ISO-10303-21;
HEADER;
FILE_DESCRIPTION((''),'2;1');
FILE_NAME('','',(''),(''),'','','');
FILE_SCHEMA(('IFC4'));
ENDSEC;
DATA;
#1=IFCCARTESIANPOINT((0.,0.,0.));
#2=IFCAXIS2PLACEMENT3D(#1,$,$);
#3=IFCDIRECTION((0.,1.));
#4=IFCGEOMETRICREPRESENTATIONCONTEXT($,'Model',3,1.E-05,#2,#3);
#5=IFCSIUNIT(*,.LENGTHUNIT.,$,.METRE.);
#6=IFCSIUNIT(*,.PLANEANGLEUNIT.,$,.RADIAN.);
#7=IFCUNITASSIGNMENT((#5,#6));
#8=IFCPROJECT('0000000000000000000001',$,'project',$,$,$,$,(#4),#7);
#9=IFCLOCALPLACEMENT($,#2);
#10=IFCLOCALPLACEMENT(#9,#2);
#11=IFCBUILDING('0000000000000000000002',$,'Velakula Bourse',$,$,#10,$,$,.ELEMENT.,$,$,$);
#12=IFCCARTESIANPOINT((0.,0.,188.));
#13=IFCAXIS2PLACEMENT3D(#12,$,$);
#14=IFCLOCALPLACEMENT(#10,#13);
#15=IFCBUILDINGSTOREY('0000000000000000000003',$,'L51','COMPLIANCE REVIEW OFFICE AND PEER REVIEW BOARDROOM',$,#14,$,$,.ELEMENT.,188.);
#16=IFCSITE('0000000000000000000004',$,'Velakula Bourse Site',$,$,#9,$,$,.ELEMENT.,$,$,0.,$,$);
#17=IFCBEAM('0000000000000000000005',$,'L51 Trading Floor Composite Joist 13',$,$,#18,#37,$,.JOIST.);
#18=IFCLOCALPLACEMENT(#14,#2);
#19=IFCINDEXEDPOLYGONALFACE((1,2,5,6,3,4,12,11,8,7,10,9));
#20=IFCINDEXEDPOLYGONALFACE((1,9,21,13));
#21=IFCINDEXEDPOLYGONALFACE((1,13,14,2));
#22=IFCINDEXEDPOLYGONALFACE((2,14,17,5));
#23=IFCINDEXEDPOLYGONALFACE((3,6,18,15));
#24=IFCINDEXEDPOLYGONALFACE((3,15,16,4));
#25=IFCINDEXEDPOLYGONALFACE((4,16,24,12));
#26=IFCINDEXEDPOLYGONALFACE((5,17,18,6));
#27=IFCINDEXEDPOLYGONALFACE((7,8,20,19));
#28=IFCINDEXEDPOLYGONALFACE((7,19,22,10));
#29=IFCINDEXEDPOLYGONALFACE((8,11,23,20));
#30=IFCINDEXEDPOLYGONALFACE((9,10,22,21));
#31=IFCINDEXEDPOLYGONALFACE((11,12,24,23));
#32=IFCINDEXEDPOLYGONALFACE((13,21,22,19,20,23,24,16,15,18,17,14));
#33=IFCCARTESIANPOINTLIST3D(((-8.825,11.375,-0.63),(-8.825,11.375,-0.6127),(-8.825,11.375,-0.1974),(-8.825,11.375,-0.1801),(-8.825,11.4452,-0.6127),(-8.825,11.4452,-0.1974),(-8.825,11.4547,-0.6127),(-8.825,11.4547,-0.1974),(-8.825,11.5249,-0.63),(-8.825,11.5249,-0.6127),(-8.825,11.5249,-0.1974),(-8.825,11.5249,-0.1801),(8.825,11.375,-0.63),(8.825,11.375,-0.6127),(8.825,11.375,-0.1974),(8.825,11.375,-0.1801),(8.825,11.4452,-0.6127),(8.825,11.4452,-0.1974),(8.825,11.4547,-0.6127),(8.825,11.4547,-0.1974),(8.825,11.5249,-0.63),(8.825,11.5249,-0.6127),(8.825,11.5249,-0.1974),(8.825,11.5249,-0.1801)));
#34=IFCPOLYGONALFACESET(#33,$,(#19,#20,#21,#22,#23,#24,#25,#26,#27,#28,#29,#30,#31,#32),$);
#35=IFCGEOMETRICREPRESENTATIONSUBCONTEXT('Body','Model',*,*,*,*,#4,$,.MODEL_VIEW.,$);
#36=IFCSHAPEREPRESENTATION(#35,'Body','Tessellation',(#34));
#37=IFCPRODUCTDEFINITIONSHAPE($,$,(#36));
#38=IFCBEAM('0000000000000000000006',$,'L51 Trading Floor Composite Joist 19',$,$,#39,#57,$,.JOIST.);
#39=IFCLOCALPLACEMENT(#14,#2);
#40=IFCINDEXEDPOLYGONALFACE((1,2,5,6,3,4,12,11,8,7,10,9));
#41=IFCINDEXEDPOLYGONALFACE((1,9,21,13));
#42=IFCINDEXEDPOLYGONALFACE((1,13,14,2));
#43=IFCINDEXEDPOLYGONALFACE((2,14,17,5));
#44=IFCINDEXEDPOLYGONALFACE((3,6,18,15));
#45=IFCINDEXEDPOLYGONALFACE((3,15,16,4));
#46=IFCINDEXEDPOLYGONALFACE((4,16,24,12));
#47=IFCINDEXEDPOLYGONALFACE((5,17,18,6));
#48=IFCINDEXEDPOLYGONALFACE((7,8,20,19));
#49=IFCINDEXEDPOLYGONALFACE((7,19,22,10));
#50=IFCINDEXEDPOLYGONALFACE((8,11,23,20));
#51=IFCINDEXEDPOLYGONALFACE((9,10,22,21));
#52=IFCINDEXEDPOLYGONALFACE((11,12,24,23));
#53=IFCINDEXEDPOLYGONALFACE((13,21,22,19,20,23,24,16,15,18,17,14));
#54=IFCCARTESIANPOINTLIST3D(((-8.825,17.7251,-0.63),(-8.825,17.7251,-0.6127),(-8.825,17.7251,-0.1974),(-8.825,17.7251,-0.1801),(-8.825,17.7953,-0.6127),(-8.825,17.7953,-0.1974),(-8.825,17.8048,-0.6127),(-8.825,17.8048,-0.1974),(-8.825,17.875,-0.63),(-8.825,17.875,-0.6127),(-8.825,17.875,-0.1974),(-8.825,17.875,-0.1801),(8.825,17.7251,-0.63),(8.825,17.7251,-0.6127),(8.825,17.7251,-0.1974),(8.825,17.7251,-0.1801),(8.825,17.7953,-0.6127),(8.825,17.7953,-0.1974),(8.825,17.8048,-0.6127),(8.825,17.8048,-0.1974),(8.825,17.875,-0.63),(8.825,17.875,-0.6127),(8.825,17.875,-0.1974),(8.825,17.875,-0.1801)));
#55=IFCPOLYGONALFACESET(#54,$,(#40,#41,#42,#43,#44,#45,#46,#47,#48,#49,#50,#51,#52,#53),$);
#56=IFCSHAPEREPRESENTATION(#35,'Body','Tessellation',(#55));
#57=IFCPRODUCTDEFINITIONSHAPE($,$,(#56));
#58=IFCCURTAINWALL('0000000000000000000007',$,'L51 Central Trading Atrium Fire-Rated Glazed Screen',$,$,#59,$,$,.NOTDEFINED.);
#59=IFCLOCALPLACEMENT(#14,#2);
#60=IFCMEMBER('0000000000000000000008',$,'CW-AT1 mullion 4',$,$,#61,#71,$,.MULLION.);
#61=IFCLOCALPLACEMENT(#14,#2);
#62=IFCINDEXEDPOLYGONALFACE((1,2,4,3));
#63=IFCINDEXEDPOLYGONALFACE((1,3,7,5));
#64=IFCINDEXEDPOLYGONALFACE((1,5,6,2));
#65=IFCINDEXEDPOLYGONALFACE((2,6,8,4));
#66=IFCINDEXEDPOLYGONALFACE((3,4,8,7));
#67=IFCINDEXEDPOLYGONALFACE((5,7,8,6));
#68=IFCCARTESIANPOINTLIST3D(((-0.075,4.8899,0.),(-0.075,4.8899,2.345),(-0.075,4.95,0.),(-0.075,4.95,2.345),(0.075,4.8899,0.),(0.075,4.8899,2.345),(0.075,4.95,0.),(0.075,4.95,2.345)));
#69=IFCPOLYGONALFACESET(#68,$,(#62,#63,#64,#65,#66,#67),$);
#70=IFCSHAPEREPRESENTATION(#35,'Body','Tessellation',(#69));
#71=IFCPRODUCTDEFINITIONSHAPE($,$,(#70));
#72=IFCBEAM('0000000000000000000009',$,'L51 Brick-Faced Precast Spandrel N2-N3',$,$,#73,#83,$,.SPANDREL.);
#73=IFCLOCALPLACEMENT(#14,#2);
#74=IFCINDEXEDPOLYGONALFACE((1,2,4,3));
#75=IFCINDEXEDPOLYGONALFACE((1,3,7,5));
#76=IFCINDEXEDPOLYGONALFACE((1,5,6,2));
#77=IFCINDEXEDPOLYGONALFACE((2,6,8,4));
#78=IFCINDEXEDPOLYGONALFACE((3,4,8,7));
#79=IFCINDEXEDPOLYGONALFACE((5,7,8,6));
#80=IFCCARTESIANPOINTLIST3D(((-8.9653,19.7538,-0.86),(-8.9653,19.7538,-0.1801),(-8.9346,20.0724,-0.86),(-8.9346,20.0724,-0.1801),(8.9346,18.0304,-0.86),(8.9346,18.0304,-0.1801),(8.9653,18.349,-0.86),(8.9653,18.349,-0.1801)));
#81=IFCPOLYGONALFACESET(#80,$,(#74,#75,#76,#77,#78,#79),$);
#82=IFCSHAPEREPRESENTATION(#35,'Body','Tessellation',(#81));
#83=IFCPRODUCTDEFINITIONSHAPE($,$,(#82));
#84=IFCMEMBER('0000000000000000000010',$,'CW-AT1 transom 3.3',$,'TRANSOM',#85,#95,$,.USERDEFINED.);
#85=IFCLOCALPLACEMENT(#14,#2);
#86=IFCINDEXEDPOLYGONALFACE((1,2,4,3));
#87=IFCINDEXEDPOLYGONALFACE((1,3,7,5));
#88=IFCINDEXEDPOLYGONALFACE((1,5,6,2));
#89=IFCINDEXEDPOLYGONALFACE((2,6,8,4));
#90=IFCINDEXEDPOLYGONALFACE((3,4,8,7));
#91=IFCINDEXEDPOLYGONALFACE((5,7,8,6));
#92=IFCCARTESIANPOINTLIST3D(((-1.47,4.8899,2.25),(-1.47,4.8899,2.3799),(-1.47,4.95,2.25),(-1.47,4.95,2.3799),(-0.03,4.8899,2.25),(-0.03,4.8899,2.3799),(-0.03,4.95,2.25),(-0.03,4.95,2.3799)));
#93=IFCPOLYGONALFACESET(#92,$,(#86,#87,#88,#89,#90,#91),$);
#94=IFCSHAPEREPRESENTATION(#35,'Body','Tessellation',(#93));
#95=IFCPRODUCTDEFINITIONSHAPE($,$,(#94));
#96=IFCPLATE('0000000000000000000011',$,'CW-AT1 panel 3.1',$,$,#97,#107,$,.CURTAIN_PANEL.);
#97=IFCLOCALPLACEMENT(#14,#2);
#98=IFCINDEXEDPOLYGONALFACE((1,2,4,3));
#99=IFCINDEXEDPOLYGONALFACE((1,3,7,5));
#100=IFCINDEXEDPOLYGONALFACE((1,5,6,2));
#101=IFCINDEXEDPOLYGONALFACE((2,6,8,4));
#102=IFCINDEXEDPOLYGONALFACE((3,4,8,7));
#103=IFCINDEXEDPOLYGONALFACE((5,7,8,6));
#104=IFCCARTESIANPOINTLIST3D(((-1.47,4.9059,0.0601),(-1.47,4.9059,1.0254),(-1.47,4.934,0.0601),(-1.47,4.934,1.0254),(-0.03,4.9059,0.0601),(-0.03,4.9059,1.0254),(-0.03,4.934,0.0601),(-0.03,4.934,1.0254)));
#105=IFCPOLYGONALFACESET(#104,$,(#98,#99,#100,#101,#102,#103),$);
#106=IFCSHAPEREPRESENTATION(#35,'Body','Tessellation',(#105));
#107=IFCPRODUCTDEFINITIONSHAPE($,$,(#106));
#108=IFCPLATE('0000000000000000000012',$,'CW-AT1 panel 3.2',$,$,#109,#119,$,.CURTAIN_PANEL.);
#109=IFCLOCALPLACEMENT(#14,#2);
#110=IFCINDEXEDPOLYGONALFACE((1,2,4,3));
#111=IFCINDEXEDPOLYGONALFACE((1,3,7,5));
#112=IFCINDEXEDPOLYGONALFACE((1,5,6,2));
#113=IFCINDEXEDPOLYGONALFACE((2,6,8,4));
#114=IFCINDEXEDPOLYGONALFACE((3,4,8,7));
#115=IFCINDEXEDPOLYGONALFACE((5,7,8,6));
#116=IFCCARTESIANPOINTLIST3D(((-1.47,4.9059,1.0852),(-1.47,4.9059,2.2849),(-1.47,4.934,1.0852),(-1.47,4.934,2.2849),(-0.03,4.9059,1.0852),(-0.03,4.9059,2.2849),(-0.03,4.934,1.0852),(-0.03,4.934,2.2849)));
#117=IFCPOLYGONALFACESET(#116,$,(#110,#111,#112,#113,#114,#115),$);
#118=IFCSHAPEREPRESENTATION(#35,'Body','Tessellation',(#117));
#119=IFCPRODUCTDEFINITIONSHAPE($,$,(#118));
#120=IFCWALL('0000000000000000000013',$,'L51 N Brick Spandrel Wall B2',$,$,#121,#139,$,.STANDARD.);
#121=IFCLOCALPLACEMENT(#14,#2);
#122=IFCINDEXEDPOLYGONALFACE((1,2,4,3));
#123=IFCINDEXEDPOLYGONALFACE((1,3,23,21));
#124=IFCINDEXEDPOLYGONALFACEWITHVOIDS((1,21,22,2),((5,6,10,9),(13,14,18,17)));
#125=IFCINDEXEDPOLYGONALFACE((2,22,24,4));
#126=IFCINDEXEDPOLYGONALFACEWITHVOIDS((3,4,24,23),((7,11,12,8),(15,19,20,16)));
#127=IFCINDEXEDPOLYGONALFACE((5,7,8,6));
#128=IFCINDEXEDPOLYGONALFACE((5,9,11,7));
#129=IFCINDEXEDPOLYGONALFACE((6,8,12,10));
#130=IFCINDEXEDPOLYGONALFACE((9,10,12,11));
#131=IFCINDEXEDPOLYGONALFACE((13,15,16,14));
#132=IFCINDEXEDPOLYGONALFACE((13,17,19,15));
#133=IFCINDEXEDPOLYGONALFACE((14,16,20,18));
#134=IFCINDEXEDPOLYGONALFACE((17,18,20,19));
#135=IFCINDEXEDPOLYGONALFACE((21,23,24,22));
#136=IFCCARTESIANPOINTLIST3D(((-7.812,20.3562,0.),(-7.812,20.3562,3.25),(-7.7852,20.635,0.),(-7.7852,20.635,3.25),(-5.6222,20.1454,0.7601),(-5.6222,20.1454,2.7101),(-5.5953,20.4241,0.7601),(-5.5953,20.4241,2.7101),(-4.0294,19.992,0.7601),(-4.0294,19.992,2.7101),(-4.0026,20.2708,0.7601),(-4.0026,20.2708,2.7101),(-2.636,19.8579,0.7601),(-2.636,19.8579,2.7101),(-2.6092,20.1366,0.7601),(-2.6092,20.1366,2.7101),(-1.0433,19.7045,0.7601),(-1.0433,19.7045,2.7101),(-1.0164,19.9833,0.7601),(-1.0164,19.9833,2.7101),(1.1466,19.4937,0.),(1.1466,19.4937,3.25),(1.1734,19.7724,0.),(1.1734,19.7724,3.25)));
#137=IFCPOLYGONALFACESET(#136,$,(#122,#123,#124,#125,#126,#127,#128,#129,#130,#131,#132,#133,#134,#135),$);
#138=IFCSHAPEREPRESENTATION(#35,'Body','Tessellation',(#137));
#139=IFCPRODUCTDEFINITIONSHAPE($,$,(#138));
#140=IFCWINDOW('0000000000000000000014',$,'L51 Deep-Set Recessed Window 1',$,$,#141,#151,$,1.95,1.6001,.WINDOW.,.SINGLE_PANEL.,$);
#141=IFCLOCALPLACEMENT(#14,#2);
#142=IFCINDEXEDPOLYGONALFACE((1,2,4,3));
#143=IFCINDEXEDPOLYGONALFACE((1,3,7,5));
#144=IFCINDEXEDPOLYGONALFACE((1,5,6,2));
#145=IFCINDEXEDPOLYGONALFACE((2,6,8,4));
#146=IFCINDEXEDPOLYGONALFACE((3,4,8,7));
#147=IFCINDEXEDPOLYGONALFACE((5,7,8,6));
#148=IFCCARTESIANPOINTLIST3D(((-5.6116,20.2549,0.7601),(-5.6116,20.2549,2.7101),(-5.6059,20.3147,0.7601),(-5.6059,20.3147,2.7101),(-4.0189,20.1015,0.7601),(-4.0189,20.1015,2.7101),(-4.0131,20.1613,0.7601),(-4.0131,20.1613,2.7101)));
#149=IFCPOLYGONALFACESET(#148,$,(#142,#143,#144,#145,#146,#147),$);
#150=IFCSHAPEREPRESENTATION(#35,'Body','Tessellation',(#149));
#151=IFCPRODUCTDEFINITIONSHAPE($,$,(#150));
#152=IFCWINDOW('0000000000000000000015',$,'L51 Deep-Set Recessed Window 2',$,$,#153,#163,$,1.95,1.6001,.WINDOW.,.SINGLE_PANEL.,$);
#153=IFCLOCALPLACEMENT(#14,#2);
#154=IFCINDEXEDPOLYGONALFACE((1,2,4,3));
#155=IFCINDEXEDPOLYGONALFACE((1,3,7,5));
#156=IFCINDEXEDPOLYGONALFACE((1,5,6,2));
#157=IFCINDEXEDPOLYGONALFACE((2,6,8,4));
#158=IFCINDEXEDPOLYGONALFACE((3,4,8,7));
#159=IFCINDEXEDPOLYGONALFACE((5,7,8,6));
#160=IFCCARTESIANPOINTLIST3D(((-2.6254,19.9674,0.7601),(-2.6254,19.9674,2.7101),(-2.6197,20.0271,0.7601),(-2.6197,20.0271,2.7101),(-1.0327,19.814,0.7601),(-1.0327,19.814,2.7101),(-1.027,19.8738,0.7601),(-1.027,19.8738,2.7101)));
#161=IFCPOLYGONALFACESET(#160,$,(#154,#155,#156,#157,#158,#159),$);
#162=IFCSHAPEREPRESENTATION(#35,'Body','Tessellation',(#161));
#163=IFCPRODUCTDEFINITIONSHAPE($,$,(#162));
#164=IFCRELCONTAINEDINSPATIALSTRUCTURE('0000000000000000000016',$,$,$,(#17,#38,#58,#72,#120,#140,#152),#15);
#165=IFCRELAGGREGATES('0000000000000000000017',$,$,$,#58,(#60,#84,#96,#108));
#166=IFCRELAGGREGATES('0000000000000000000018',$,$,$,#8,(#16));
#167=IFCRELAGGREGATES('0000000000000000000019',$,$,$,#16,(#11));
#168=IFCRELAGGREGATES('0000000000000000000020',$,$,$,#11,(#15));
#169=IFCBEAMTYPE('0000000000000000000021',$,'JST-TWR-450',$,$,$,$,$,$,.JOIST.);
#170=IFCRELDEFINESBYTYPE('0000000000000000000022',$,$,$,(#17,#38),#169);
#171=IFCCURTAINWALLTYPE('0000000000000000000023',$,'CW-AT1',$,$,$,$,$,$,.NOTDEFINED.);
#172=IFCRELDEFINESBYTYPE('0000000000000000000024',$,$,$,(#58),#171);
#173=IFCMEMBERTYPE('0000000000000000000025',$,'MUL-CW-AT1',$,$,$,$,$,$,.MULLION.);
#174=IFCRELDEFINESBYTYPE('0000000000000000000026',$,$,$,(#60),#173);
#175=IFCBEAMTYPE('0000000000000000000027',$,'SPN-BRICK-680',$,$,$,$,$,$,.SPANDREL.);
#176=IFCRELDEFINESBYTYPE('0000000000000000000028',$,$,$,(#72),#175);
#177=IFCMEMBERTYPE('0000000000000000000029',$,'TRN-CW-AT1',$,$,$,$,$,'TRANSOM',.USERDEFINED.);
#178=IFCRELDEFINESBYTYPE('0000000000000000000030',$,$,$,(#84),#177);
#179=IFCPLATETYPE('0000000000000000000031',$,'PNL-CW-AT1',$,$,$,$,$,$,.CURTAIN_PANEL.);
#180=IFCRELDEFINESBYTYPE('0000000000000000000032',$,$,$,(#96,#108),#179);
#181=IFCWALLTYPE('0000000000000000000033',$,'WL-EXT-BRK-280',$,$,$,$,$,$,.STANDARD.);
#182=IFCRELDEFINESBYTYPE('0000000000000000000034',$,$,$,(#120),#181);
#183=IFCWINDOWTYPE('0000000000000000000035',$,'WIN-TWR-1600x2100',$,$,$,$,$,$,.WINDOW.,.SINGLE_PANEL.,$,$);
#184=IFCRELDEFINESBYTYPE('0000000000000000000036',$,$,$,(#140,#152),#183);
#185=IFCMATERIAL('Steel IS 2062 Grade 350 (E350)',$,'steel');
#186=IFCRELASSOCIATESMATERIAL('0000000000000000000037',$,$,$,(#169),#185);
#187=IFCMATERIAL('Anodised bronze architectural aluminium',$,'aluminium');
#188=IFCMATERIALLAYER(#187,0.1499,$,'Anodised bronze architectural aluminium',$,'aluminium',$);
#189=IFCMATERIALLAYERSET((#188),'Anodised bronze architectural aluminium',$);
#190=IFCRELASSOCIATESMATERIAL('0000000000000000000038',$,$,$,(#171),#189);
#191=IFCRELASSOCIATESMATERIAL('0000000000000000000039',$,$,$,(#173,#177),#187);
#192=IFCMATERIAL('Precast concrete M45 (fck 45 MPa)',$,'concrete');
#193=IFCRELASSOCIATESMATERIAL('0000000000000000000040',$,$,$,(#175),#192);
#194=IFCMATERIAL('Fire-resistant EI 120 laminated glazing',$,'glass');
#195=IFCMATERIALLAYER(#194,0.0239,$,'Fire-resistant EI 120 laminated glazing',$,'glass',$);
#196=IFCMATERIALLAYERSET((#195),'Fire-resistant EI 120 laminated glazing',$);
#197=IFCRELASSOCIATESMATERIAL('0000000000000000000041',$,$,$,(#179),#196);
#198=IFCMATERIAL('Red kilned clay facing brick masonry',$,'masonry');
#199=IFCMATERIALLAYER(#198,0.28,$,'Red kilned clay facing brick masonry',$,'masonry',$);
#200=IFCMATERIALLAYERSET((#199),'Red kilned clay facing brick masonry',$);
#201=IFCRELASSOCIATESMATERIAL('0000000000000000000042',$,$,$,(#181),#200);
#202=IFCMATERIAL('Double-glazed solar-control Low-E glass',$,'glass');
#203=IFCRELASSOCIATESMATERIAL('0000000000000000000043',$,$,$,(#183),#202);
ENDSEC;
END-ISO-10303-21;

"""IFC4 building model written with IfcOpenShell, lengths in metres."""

from ifc_helpers import new_model, si_unit, direction, frame, frame_2d, origin, origin_2d, place, context, subcontext, project, spatial, rectangle, i_section, extrude, material, layer, layer_set, material_profile, profile_set, type_object, element, fill, aggregate, save


model = new_model("IFC4")

# Units and contexts
model_context = context("Model", 3, precision=1e-05, world=origin(), true_north=direction((0.0, 1.0)))
body_context = subcontext(model_context, "Body", "Model", "MODEL_VIEW")
ifc_project = project(units=[si_unit("LENGTHUNIT", "METRE"), si_unit("PLANEANGLEUNIT", "RADIAN")], contexts=[model_context])

# Site, building, storey
site_placement = place(None, origin())
site = spatial("IfcSite", under=ifc_project, at=site_placement, Name="Velakula Bourse Site", CompositionType="ELEMENT", RefElevation=0.0)
building_placement = place(site_placement, origin())
building = spatial("IfcBuilding", under=site, at=building_placement, Name="Velakula Bourse", CompositionType="ELEMENT")
storey_placement = place(building_placement, frame((0.0, 0.0, 188.0)))
storey = spatial("IfcBuildingStorey", under=building, at=storey_placement, Name="L51", Description="COMPLIANCE REVIEW OFFICE AND PEER REVIEW BOARDROOM", CompositionType="ELEMENT", Elevation=188.0)

# Shared definitions
ifc_material_1 = material(Name="Steel IS 2062 Grade 350 (E350)", Category="steel")

# Beams
ifc_material_profile_1 = material_profile(ifc_material_1, i_section(OverallWidth=0.1499, OverallDepth=0.45, WebThickness=0.0095, FlangeThickness=0.0173, at=origin_2d()), Name="Steel IS 2062 Grade 350 (E350)")
ifc_profile_set_1 = profile_set([ifc_material_profile_1], Name="Steel IS 2062 Grade 350 (E350)")
beam_type_1 = type_object("IfcBeamType", Name="JST-TWR-450", PredefinedType="JOIST", material=ifc_profile_set_1)
for number, where, z_axis, x_axis, name in (
    (1, (-8.825, 11.45, -0.405), (1.0, 0.0, 0.0), (0.0, 1.0, 0.0), "L51 Trading Floor Composite Joist 13"),
    (2, (-8.825, 17.8, -0.405), (1.0, 0.0, 0.0), (0.0, 1.0, 0.0), "L51 Trading Floor Composite Joist 19"),
):
    element("IfcBeam", number, at=place(storey_placement, frame(where, z_axis=z_axis, x_axis=x_axis)), inside=storey, type_object=beam_type_1, Name=name, PredefinedType="JOIST", context=body_context, shape_type="SweptSolid", body=[
        extrude(i_section(OverallWidth=0.1499, OverallDepth=0.45, WebThickness=0.0095, FlangeThickness=0.0173, at=origin_2d()), origin(), (0.0, 0.0, 1.0), 17.6499),
    ])

# Curtain wall, member
ifc_material_2 = material(Name="Anodised bronze architectural aluminium", Category="aluminium")
ifc_layer_1 = layer(ifc_material_2, 0.1499, Name="Anodised bronze architectural aluminium", Category="aluminium")
ifc_layer_set_1 = layer_set([ifc_layer_1], Name="Anodised bronze architectural aluminium")
curtain_wall_type = type_object("IfcCurtainWallType", Name="CW-AT1", PredefinedType="NOTDEFINED", material=ifc_layer_set_1)
curtain_wall_placement = place(storey_placement, origin())
curtain_wall = element("IfcCurtainWall", 3, at=curtain_wall_placement, inside=storey, type_object=curtain_wall_type, Name="L51 Central Trading Atrium Fire-Rated Glazed Screen", PredefinedType="NOTDEFINED")
ifc_material_profile_2 = material_profile(ifc_material_2, rectangle(XDim=0.0601, YDim=0.1499, at=origin_2d()), Name="Anodised bronze architectural aluminium")
ifc_profile_set_2 = profile_set([ifc_material_profile_2], Name="Anodised bronze architectural aluminium")
member_type_1 = type_object("IfcMemberType", Name="MUL-CW-AT1", PredefinedType="MULLION", material=ifc_profile_set_2)
member_1_placement = place(storey_placement, frame((0.0, 4.9199, 0.0), z_axis=(0.0, 0.0, 1.0), x_axis=(0.0, 1.0, 0.0)))
member_1 = element("IfcMember", 4, at=member_1_placement, type_object=member_type_1, Name="CW-AT1 mullion 4", PredefinedType="MULLION", context=body_context, shape_type="SweptSolid", body=[
    extrude(rectangle(XDim=0.0601, YDim=0.1499, at=origin_2d()), origin(), (0.0, 0.0, 1.0), 2.345),
])

# Beam
ifc_material_3 = material(Name="Precast concrete M45 (fck 45 MPa)", Category="concrete")
ifc_material_profile_3 = material_profile(ifc_material_3, rectangle(XDim=0.3201, YDim=0.6799, at=origin_2d()), Name="Precast concrete M45 (fck 45 MPa)")
ifc_profile_set_3 = profile_set([ifc_material_profile_3], Name="Precast concrete M45 (fck 45 MPa)")
beam_type_2 = type_object("IfcBeamType", Name="SPN-BRICK-680", PredefinedType="SPANDREL", material=ifc_profile_set_3)
beam_1_placement = place(storey_placement, frame((-8.95, 19.9131, -0.52), z_axis=(0.995397, -0.095836, 0.0), x_axis=(0.095836, 0.995397, 0.0)))
element("IfcBeam", 5, at=beam_1_placement, inside=storey, type_object=beam_type_2, Name="L51 Brick-Faced Precast Spandrel N2-N3", PredefinedType="SPANDREL", context=body_context, shape_type="SweptSolid", body=[
    extrude(rectangle(XDim=0.3201, YDim=0.6799, at=origin_2d()), origin(), (0.0, 0.0, 1.0), 17.9827),
])

# Member
ifc_material_profile_4 = material_profile(ifc_material_2, rectangle(XDim=0.0601, YDim=0.1299, at=origin_2d()), Name="Anodised bronze architectural aluminium")
ifc_profile_set_4 = profile_set([ifc_material_profile_4], Name="Anodised bronze architectural aluminium")
member_type_2 = type_object("IfcMemberType", Name="TRN-CW-AT1", ElementType="TRANSOM", PredefinedType="USERDEFINED", material=ifc_profile_set_4)
member_2_placement = place(storey_placement, frame((-1.47, 4.9199, 2.3149), z_axis=(1.0, 0.0, 0.0), x_axis=(0.0, 1.0, 0.0)))
member_2 = element("IfcMember", 6, at=member_2_placement, type_object=member_type_2, Name="CW-AT1 transom 3.3", ObjectType="TRANSOM", PredefinedType="USERDEFINED", context=body_context, shape_type="SweptSolid", body=[
    extrude(rectangle(XDim=0.0601, YDim=0.1299, at=origin_2d()), origin(), (0.0, 0.0, 1.0), 1.4399),
])

# Plates
ifc_material_4 = material(Name="Fire-resistant EI 120 laminated glazing", Category="glass")
ifc_layer_2 = layer(ifc_material_4, 0.0239, Name="Fire-resistant EI 120 laminated glazing", Category="glass")
ifc_layer_set_2 = layer_set([ifc_layer_2], Name="Fire-resistant EI 120 laminated glazing")
plate_type = type_object("IfcPlateType", Name="PNL-CW-AT1", PredefinedType="CURTAIN_PANEL", material=ifc_layer_set_2)
plate_1_placement = place(storey_placement, frame((-0.75, 4.9199, 0.0601), z_axis=(0.0, 0.0, 1.0), x_axis=(1.0, 0.0, 0.0)))
plate_1 = element("IfcPlate", 7, at=plate_1_placement, type_object=plate_type, Name="CW-AT1 panel 3.1", PredefinedType="CURTAIN_PANEL", context=body_context, shape_type="SweptSolid", body=[
    extrude(rectangle(XDim=1.4399, YDim=0.0281, at=origin_2d()), origin(), (0.0, 0.0, 1.0), 0.9653),
])
plate_2_placement = place(storey_placement, frame((-0.75, 4.9199, 1.0852), z_axis=(0.0, 0.0, 1.0), x_axis=(1.0, 0.0, 0.0)))
plate_2 = element("IfcPlate", 8, at=plate_2_placement, type_object=plate_type, Name="CW-AT1 panel 3.2", PredefinedType="CURTAIN_PANEL", context=body_context, shape_type="SweptSolid", body=[
    extrude(rectangle(XDim=1.4399, YDim=0.0281, at=origin_2d()), origin(), (0.0, 0.0, 1.0), 1.1997),
])
aggregate(curtain_wall, [member_1, member_2, plate_1, plate_2])

# Wall, openings, windows
ifc_material_5 = material(Name="Red kilned clay facing brick masonry", Category="masonry")
ifc_layer_3 = layer(ifc_material_5, 0.28, Name="Red kilned clay facing brick masonry", Category="masonry")
ifc_layer_set_3 = layer_set([ifc_layer_3], Name="Red kilned clay facing brick masonry")
wall_type_1 = type_object("IfcWallType", Name="WL-EXT-BRK-280", PredefinedType="STANDARD", material=ifc_layer_set_3)
wall_1_placement = place(storey_placement, frame((-7.7986, 20.4956, 0.0), z_axis=(0.0, 0.0, 1.0), x_axis=(0.995397, -0.09584, 0.0)))
wall_1 = element("IfcWall", 9, at=wall_1_placement, inside=storey, type_object=wall_type_1, Name="L51 N Brick Spandrel Wall B2", PredefinedType="STANDARD", context=body_context, shape_type="SweptSolid", body=[
    extrude(rectangle(XDim=9.0, YDim=0.28, at=frame_2d((4.5, 0.0))), origin(), (0.0, 0.0, 1.0), 3.25),
])
opening_1_placement = place(wall_1_placement, frame((2.2, 0.0, 0.76)))
opening_1 = element("IfcOpeningElement", 10, at=opening_1_placement, cuts=wall_1, PredefinedType="OPENING", context=body_context, shape_type="SweptSolid", body=[
    extrude(rectangle(XDim=1.6001, YDim=1.95, at=frame_2d((0.8, 0.9751))), frame((0.0, 0.1499, 0.0), z_axis=(0.0, -1.0, 0.0), x_axis=(1.0, 0.0, 0.0)), (0.0, 0.0, 1.0), 0.3),
])
opening_2_placement = place(wall_1_placement, frame((5.2, 0.0, 0.76)))
opening_2 = element("IfcOpeningElement", 11, at=opening_2_placement, cuts=wall_1, PredefinedType="OPENING", context=body_context, shape_type="SweptSolid", body=[
    extrude(rectangle(XDim=1.6001, YDim=1.95, at=frame_2d((0.8, 0.9751))), frame((0.0, 0.1499, 0.0), z_axis=(0.0, -1.0, 0.0), x_axis=(1.0, 0.0, 0.0)), (0.0, 0.0, 1.0), 0.3),
])
ifc_material_6 = material(Name="Double-glazed solar-control Low-E glass", Category="glass")
window_type = type_object("IfcWindowType", Name="WIN-TWR-1600x2100", PartitioningType="SINGLE_PANEL", PredefinedType="WINDOW", material=ifc_material_6)
window_1_placement = place(opening_1_placement, origin())
window_1 = element("IfcWindow", 12, at=window_1_placement, inside=storey, type_object=window_type, Name="L51 Deep-Set Recessed Window 1", OverallHeight=1.95, OverallWidth=1.6001, PartitioningType="SINGLE_PANEL", PredefinedType="WINDOW", context=body_context, shape_type="SweptSolid", body=[
    extrude(rectangle(XDim=1.6001, YDim=1.95, at=frame_2d((0.8, 0.9751))), frame((0.0, 0.03, 0.0), z_axis=(0.0, -1.0, 0.0), x_axis=(1.0, 0.0, 0.0)), (0.0, 0.0, 1.0), 0.0601),
])
fill(opening_1, window_1)
window_2_placement = place(opening_2_placement, origin())
window_2 = element("IfcWindow", 13, at=window_2_placement, inside=storey, type_object=window_type, Name="L51 Deep-Set Recessed Window 2", OverallHeight=1.95, OverallWidth=1.6001, PartitioningType="SINGLE_PANEL", PredefinedType="WINDOW", context=body_context, shape_type="SweptSolid", body=[
    extrude(rectangle(XDim=1.6001, YDim=1.95, at=frame_2d((0.8, 0.9751))), frame((0.0, 0.03, 0.0), z_axis=(0.0, -1.0, 0.0), x_axis=(1.0, 0.0, 0.0)), (0.0, 0.0, 1.0), 0.0601),
])
fill(opening_2, window_2)

save(model, "model.ifc")
